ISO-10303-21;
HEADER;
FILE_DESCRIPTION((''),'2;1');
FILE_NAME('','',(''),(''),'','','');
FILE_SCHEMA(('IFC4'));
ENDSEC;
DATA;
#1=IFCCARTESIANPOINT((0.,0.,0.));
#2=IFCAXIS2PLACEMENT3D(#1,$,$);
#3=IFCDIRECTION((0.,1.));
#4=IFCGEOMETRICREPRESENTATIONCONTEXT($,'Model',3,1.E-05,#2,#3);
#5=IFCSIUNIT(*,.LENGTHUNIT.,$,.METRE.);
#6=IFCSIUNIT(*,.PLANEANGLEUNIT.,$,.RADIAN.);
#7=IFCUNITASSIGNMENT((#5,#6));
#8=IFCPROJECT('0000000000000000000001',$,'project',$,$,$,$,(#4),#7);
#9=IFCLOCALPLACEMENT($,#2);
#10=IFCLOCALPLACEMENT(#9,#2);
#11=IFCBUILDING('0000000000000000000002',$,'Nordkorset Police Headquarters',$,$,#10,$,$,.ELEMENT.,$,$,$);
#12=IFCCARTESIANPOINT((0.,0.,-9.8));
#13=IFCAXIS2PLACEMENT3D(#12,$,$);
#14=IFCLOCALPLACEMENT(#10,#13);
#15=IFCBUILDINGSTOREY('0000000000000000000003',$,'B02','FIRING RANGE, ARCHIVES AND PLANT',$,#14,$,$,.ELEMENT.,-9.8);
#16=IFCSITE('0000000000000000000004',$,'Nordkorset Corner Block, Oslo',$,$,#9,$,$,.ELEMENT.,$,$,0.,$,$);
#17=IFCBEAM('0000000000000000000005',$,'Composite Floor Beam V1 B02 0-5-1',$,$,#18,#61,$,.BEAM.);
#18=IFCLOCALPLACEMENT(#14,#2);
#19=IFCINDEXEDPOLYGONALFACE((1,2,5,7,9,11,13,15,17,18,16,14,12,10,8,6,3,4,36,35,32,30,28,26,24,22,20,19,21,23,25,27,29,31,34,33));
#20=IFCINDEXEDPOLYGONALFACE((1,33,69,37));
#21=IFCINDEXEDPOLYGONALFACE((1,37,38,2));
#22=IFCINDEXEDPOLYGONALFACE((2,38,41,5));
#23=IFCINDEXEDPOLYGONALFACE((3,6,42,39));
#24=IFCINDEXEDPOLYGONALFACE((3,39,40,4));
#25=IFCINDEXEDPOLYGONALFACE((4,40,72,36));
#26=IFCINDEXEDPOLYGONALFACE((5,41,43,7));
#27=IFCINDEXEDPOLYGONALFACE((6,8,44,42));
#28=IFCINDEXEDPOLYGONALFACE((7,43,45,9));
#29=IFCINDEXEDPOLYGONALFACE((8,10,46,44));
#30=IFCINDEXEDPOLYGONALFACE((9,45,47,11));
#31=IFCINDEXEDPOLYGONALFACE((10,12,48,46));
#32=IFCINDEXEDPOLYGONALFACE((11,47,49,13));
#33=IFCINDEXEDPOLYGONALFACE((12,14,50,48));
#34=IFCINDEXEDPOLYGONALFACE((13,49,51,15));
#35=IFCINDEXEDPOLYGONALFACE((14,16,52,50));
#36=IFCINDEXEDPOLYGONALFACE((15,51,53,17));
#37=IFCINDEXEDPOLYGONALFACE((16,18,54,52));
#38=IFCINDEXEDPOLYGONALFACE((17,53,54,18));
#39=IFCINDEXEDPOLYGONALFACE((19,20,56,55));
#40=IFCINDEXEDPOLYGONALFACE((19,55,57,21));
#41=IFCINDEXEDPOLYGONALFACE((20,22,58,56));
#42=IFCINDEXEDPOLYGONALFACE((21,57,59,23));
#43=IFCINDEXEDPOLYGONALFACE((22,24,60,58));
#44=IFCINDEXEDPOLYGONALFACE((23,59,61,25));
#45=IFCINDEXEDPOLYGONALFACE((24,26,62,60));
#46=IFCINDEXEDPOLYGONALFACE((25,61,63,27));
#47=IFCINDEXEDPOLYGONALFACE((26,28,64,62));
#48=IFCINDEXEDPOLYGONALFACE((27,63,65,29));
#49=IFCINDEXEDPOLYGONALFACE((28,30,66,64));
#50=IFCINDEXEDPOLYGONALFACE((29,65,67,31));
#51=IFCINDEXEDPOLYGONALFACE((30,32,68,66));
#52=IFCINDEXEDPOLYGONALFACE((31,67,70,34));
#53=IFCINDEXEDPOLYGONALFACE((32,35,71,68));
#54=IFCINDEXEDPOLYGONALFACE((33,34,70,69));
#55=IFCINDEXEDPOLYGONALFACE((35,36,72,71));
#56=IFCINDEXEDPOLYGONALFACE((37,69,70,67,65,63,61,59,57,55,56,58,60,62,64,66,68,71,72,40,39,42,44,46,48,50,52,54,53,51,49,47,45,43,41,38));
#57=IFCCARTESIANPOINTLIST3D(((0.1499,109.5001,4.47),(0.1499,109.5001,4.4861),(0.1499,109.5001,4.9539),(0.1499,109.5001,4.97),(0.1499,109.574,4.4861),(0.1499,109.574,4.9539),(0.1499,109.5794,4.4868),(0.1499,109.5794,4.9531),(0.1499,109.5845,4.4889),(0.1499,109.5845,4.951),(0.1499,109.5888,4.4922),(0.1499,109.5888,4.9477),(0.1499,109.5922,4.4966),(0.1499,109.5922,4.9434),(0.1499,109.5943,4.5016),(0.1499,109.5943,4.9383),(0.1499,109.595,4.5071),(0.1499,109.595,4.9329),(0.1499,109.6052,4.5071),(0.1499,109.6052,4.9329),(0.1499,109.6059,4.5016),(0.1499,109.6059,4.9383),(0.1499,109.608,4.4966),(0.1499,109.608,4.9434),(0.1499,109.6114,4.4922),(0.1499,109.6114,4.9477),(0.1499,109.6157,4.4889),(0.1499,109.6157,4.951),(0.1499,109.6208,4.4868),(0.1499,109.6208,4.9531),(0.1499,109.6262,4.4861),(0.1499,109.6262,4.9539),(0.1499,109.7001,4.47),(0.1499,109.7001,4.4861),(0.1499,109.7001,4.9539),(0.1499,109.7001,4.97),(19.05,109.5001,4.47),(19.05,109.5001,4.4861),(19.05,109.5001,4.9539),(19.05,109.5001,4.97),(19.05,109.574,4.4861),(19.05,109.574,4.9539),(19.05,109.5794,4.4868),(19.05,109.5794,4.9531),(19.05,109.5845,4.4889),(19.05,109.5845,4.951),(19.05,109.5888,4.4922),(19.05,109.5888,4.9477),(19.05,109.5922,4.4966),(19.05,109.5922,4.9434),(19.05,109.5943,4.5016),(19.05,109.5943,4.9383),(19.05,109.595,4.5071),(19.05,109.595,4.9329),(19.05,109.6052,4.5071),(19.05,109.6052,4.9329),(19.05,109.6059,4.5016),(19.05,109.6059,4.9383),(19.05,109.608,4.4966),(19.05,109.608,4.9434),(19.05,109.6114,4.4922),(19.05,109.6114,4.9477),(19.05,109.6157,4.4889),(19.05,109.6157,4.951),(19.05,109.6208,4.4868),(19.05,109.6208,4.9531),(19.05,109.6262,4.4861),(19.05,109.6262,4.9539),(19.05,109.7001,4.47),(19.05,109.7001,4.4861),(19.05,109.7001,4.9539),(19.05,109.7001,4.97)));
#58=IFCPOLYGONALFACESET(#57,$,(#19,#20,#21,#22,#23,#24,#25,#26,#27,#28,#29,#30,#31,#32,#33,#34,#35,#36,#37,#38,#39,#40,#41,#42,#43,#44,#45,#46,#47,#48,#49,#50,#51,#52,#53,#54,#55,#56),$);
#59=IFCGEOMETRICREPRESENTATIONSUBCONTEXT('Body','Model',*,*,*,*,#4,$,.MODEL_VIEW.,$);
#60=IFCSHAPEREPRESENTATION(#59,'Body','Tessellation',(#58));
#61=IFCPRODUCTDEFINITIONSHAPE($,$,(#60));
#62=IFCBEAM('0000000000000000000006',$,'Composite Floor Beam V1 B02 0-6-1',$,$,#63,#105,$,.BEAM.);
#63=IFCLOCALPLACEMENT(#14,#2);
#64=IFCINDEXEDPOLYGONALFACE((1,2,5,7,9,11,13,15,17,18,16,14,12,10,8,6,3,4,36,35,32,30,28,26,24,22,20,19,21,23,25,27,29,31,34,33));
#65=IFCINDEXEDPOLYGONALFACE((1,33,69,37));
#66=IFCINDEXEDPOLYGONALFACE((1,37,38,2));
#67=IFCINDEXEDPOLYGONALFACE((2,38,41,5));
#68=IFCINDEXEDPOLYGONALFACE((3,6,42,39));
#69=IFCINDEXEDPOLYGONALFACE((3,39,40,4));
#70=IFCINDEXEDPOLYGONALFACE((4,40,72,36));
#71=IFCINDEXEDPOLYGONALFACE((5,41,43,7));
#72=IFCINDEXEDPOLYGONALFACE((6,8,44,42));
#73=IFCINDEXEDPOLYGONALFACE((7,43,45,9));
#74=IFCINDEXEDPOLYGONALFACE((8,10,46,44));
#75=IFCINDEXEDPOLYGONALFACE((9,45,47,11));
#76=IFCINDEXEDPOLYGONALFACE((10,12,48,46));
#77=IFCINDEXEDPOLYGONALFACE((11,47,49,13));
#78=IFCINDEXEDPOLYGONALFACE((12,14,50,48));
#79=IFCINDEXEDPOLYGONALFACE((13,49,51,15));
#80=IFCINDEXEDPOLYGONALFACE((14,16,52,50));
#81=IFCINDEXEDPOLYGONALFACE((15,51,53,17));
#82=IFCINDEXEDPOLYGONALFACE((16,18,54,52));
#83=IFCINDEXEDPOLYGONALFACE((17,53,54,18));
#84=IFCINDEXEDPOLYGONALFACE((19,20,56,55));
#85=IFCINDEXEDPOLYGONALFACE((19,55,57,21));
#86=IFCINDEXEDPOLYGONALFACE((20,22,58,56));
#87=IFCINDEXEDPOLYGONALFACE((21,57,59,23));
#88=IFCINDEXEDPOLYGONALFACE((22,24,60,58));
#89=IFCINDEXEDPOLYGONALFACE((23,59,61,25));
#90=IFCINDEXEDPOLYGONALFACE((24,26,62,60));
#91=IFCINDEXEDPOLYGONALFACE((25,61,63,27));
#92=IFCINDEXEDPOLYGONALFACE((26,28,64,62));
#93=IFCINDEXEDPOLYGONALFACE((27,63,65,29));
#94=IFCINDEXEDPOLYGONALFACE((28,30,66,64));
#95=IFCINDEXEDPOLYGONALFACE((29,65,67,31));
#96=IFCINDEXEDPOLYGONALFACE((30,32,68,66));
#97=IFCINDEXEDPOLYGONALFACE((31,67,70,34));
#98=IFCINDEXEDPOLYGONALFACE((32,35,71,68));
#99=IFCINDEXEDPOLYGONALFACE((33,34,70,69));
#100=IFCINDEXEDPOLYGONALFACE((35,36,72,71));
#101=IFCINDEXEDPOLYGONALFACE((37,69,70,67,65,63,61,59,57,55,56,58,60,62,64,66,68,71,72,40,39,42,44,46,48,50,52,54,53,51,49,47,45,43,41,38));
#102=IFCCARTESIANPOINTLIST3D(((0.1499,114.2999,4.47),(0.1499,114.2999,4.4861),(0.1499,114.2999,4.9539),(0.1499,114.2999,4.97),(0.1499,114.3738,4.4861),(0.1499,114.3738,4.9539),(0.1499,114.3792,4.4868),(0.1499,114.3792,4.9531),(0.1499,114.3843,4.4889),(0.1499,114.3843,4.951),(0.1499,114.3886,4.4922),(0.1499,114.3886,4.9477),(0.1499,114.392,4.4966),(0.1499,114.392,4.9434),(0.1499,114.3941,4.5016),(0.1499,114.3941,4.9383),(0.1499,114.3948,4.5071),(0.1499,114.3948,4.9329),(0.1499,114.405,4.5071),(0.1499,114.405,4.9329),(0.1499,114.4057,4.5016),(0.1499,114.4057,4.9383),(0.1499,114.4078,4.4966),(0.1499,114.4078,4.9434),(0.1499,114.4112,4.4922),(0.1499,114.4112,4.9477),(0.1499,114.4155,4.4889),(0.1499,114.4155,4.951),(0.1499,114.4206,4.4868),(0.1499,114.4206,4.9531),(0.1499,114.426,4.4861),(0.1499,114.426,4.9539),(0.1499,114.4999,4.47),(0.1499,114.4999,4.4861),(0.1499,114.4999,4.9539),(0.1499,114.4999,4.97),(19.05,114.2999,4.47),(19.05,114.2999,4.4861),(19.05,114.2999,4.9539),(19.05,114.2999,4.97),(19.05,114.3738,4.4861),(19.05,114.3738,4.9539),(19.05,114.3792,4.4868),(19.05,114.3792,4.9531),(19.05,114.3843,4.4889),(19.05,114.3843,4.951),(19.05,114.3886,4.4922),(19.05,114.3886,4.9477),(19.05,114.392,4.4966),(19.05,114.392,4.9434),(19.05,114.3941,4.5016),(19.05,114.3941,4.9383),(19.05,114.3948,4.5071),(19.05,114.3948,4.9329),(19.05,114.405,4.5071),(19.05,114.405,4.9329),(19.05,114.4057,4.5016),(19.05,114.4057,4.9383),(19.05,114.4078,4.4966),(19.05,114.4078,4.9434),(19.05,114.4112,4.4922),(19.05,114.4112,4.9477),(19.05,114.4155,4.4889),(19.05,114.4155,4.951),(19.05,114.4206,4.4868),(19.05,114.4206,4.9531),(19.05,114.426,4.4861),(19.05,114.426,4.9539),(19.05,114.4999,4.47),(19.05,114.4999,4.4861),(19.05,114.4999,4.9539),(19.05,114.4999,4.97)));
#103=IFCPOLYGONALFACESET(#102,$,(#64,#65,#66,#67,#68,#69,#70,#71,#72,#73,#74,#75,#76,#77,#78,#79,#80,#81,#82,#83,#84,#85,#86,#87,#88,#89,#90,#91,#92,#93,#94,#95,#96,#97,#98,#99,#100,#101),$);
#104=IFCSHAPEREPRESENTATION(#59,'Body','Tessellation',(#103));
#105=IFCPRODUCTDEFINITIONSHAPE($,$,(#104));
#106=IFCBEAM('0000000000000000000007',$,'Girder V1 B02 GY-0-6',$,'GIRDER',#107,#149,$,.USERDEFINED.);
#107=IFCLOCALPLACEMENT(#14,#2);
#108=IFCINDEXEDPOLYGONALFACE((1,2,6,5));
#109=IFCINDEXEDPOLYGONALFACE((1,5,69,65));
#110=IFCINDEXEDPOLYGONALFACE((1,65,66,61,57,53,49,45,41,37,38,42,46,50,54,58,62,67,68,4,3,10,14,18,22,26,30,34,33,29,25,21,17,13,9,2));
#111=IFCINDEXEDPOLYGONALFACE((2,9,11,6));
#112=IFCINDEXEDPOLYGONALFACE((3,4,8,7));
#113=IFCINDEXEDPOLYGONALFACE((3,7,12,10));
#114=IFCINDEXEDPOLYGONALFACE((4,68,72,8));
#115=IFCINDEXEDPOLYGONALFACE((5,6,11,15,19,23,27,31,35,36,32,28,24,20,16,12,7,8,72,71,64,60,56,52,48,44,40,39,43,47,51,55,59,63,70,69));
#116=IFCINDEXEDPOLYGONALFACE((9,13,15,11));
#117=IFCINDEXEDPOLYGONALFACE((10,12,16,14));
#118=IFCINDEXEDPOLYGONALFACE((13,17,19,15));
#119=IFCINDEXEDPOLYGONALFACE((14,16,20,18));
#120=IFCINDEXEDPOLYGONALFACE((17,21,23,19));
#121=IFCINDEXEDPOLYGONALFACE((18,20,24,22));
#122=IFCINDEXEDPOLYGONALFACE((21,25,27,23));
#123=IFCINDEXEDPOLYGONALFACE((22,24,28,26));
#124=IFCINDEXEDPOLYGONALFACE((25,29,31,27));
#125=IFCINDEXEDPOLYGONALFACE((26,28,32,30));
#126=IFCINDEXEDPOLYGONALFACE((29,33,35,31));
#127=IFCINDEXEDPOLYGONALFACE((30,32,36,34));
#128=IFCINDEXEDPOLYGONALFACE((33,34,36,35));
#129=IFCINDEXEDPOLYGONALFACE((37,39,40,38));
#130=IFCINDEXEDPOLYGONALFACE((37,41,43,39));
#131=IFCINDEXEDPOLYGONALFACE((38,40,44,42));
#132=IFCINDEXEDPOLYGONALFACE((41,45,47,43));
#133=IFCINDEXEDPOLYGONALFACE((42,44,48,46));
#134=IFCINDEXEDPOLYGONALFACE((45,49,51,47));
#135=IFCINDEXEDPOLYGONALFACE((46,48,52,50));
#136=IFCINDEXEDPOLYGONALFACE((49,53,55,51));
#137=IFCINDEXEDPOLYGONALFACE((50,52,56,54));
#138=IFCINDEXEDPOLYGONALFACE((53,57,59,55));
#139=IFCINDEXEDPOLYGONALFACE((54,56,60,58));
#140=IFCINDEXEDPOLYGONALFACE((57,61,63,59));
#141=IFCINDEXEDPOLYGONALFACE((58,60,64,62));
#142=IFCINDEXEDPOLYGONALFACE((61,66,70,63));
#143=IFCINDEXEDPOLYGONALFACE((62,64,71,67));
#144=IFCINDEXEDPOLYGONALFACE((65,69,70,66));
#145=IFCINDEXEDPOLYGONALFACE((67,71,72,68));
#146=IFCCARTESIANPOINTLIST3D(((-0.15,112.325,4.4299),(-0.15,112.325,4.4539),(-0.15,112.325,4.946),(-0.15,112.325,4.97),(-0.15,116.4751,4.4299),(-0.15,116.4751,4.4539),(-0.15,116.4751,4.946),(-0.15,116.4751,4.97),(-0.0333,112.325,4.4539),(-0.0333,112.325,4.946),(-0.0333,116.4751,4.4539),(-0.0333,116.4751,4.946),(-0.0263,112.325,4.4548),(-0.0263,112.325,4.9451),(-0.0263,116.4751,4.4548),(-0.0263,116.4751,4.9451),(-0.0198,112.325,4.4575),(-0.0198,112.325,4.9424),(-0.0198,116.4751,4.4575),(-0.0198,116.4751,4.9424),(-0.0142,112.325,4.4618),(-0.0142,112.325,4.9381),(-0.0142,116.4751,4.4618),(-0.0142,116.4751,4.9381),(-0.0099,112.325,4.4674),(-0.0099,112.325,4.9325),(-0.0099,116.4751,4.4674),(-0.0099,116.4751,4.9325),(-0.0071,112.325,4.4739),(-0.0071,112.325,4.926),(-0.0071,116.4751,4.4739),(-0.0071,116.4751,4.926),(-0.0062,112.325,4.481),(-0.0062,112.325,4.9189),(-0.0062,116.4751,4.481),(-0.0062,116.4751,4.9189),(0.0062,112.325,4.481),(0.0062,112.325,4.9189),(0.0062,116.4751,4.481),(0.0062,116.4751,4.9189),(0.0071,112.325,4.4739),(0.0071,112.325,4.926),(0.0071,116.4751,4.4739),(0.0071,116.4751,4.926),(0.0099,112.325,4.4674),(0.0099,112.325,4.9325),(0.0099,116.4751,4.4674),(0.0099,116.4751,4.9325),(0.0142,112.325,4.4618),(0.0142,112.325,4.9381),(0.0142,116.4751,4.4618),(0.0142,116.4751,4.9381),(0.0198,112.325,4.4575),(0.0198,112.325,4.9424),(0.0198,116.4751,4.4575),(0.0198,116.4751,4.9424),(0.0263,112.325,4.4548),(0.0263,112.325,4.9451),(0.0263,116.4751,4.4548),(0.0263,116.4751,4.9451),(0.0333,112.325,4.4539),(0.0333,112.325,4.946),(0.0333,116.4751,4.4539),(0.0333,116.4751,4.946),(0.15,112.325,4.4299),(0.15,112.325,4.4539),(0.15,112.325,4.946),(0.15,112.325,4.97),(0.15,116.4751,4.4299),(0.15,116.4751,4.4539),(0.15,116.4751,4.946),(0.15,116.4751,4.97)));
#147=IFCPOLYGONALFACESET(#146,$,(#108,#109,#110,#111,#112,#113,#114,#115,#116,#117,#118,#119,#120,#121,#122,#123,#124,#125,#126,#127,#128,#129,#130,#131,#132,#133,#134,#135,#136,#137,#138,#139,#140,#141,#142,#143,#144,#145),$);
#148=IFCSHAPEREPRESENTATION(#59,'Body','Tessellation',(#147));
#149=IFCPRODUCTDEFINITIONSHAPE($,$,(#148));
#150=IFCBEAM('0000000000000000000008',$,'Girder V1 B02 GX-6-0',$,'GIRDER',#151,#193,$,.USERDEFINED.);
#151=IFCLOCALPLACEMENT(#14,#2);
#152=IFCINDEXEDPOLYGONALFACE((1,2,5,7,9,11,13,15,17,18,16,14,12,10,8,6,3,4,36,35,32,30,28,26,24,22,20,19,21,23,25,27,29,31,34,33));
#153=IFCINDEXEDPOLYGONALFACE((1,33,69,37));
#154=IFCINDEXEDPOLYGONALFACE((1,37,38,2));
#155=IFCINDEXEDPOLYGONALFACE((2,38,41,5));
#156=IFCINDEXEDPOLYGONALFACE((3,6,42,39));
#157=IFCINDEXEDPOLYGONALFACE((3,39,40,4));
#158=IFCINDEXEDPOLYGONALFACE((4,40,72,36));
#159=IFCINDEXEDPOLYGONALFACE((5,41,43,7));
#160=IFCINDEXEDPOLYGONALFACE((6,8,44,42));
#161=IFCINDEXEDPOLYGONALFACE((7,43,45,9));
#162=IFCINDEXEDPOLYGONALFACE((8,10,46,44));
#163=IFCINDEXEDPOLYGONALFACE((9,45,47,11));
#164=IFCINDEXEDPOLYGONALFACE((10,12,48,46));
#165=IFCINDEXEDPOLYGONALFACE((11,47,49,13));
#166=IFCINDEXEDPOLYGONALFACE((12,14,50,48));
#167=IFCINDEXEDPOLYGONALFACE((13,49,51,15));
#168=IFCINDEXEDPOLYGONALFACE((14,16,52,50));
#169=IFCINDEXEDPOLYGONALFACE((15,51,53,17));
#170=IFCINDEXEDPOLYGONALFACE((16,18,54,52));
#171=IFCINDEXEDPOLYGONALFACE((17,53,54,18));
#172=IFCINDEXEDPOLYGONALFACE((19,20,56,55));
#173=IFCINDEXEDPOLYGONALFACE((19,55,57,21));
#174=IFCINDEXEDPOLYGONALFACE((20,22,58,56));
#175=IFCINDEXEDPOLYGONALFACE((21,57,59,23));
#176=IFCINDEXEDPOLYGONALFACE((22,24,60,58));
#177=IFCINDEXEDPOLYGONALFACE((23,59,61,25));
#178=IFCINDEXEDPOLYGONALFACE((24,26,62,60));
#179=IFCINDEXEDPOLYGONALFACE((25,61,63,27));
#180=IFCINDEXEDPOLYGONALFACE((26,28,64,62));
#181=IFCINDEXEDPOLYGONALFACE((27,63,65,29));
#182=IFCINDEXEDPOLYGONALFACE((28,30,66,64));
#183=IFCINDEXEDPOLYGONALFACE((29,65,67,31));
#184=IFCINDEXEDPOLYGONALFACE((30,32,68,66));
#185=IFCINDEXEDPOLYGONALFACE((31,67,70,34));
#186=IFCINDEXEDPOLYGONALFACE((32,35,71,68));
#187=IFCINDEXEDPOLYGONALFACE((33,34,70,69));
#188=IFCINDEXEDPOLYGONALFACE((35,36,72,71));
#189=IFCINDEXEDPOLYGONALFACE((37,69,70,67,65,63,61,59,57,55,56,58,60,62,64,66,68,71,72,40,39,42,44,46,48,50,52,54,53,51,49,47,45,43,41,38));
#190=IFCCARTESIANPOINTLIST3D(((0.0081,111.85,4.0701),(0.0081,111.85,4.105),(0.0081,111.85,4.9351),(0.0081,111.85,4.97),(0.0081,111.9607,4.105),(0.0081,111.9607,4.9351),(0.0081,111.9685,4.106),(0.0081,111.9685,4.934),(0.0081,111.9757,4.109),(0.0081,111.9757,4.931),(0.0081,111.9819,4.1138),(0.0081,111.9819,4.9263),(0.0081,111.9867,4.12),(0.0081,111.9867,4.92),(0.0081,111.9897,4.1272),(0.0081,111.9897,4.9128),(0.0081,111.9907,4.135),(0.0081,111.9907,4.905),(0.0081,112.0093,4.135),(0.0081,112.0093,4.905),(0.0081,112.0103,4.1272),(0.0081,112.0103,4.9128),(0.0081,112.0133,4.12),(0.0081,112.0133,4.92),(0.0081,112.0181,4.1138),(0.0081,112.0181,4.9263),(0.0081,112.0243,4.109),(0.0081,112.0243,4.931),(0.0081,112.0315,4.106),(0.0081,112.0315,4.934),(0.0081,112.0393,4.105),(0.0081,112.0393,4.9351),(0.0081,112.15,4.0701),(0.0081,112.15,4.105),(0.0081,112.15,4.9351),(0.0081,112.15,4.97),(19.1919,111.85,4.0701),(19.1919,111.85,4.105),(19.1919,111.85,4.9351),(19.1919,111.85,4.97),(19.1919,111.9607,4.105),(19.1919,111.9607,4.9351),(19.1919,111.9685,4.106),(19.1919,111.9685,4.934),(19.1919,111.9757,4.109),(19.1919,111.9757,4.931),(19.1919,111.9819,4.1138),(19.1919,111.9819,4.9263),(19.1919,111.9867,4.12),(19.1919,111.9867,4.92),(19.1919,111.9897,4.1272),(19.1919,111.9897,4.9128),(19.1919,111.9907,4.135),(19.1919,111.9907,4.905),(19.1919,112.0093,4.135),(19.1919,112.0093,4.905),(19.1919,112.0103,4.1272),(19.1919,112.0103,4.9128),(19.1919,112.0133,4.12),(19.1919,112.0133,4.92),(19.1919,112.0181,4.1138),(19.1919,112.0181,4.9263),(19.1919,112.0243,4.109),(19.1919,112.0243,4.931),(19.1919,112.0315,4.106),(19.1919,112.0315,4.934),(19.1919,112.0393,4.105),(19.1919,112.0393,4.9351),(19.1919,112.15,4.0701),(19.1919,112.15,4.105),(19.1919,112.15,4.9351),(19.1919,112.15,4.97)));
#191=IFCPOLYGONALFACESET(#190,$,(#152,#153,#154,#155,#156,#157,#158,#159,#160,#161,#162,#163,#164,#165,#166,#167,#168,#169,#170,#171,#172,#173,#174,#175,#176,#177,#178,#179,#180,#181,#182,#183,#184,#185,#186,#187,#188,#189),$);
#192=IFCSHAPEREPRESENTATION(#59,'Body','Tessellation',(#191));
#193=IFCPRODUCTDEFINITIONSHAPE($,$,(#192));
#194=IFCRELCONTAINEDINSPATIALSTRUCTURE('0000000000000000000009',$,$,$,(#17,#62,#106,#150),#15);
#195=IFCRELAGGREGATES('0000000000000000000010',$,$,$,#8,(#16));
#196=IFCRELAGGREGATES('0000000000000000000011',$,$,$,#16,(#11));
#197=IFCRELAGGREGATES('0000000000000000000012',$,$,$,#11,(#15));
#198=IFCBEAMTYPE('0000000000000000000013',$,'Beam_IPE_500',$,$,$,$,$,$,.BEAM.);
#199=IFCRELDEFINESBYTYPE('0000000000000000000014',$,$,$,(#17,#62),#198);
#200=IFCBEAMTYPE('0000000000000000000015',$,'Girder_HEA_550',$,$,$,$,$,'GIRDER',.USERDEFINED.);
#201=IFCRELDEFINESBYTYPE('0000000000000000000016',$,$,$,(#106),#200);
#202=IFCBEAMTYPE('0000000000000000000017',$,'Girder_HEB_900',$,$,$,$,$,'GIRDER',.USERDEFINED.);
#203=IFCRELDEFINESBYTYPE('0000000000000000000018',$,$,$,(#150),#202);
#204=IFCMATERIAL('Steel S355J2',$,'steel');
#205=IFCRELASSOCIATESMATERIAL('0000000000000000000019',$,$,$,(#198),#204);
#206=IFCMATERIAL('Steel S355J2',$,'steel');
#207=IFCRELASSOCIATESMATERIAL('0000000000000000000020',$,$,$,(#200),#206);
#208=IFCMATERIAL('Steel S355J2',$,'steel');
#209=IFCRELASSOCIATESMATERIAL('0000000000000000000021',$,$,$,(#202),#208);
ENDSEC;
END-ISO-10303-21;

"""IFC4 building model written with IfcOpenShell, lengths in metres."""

from ifc_helpers import new_model, si_unit, direction, frame, origin, origin_2d, place, context, subcontext, project, spatial, i_section, extrude, material, material_profile, profile_set, type_object, element, save


model = new_model("IFC4")

# Units and contexts
model_context = context("Model", 3, precision=1e-05, world=origin(), true_north=direction((0.0, 1.0)))
body_context = subcontext(model_context, "Body", "Model", "MODEL_VIEW")
ifc_project = project(units=[si_unit("LENGTHUNIT", "METRE"), si_unit("PLANEANGLEUNIT", "RADIAN")], contexts=[model_context])

# Site, building, storey
site_placement = place(None, origin())
site = spatial("IfcSite", under=ifc_project, at=site_placement, Name="Nordkorset Corner Block, Oslo", CompositionType="ELEMENT", RefElevation=0.0)
building_placement = place(site_placement, origin())
building = spatial("IfcBuilding", under=site, at=building_placement, Name="Nordkorset Police Headquarters", CompositionType="ELEMENT")
storey_placement = place(building_placement, frame((0.0, 0.0, -9.8)))
storey = spatial("IfcBuildingStorey", under=building, at=storey_placement, Name="B02", Description="FIRING RANGE, ARCHIVES AND PLANT", CompositionType="ELEMENT", Elevation=-9.8)

# Beams
ifc_material_1 = material(Name="Steel S355J2", Category="steel")
ifc_material_profile_1 = material_profile(ifc_material_1, i_section(OverallWidth=0.2, OverallDepth=0.5, WebThickness=0.0103, FlangeThickness=0.0161, FilletRadius=0.021, at=origin_2d()), Name="IPE 500")
ifc_profile_set_1 = profile_set([ifc_material_profile_1], Name="Steel S355J2")
beam_type_1 = type_object("IfcBeamType", Name="Beam_IPE_500", PredefinedType="BEAM", material=ifc_profile_set_1)
for number, where, z_axis, x_axis, name in (
    (1, (0.1499, 109.6001, 4.72), (1.0, 0.0, 0.0), (0.0, 1.0, 0.0), "Composite Floor Beam V1 B02 0-5-1"),
    (2, (0.1499, 114.3999, 4.72), (1.0, 0.0, 0.0), (0.0, 1.0, 0.0), "Composite Floor Beam V1 B02 0-6-1"),
):
    element("IfcBeam", number, at=place(storey_placement, frame(where, z_axis=z_axis, x_axis=x_axis)), inside=storey, type_object=beam_type_1, Name=name, PredefinedType="BEAM", context=body_context, shape_type="SweptSolid", body=[
        extrude(i_section(OverallWidth=0.2, OverallDepth=0.5, WebThickness=0.0103, FlangeThickness=0.0161, FilletRadius=0.021, at=origin_2d()), origin(), (0.0, 0.0, 1.0), 18.9001),
    ])
ifc_material_2 = material(Name="Steel S355J2", Category="steel")
ifc_material_profile_2 = material_profile(ifc_material_2, i_section(OverallWidth=0.3, OverallDepth=0.54, WebThickness=0.0125, FlangeThickness=0.0239, FilletRadius=0.0271, at=origin_2d()), Name="HEA 550")
ifc_profile_set_2 = profile_set([ifc_material_profile_2], Name="Steel S355J2")
beam_type_2 = type_object("IfcBeamType", Name="Girder_HEA_550", ElementType="GIRDER", PredefinedType="USERDEFINED", material=ifc_profile_set_2)
beam_placement = place(storey_placement, frame((0.0, 112.325, 4.7), z_axis=(0.0, 1.0, 0.0), x_axis=(-1.0, 0.0, 0.0)))
element("IfcBeam", 3, at=beam_placement, inside=storey, type_object=beam_type_2, Name="Girder V1 B02 GY-0-6", ObjectType="GIRDER", PredefinedType="USERDEFINED", context=body_context, shape_type="SweptSolid", body=[
    extrude(i_section(OverallWidth=0.3, OverallDepth=0.54, WebThickness=0.0125, FlangeThickness=0.0239, FilletRadius=0.0271, at=origin_2d()), origin(), (0.0, 0.0, 1.0), 4.1501),
])
ifc_material_3 = material(Name="Steel S355J2", Category="steel")
ifc_material_profile_3 = material_profile(ifc_material_3, i_section(OverallWidth=0.3, OverallDepth=0.8999, WebThickness=0.0186, FlangeThickness=0.0349, FilletRadius=0.03, at=origin_2d()), Name="HEB 900")
ifc_profile_set_3 = profile_set([ifc_material_profile_3], Name="Steel S355J2")
beam_type_3 = type_object("IfcBeamType", Name="Girder_HEB_900", ElementType="GIRDER", PredefinedType="USERDEFINED", material=ifc_profile_set_3)
for number, where, z_axis, x_axis, name in (
    (4, (0.0081, 112.0, 4.52), (1.0, 0.0, 0.0), (0.0, 1.0, 0.0), "Girder V1 B02 GX-6-0"),
):
    element("IfcBeam", number, at=place(storey_placement, frame(where, z_axis=z_axis, x_axis=x_axis)), inside=storey, type_object=beam_type_3, Name=name, ObjectType="GIRDER", PredefinedType="USERDEFINED", context=body_context, shape_type="SweptSolid", body=[
        extrude(i_section(OverallWidth=0.3, OverallDepth=0.8999, WebThickness=0.0186, FlangeThickness=0.0349, FilletRadius=0.03, at=origin_2d()), origin(), (0.0, 0.0, 1.0), 19.1838),
    ])

save(model, "model.ifc")
